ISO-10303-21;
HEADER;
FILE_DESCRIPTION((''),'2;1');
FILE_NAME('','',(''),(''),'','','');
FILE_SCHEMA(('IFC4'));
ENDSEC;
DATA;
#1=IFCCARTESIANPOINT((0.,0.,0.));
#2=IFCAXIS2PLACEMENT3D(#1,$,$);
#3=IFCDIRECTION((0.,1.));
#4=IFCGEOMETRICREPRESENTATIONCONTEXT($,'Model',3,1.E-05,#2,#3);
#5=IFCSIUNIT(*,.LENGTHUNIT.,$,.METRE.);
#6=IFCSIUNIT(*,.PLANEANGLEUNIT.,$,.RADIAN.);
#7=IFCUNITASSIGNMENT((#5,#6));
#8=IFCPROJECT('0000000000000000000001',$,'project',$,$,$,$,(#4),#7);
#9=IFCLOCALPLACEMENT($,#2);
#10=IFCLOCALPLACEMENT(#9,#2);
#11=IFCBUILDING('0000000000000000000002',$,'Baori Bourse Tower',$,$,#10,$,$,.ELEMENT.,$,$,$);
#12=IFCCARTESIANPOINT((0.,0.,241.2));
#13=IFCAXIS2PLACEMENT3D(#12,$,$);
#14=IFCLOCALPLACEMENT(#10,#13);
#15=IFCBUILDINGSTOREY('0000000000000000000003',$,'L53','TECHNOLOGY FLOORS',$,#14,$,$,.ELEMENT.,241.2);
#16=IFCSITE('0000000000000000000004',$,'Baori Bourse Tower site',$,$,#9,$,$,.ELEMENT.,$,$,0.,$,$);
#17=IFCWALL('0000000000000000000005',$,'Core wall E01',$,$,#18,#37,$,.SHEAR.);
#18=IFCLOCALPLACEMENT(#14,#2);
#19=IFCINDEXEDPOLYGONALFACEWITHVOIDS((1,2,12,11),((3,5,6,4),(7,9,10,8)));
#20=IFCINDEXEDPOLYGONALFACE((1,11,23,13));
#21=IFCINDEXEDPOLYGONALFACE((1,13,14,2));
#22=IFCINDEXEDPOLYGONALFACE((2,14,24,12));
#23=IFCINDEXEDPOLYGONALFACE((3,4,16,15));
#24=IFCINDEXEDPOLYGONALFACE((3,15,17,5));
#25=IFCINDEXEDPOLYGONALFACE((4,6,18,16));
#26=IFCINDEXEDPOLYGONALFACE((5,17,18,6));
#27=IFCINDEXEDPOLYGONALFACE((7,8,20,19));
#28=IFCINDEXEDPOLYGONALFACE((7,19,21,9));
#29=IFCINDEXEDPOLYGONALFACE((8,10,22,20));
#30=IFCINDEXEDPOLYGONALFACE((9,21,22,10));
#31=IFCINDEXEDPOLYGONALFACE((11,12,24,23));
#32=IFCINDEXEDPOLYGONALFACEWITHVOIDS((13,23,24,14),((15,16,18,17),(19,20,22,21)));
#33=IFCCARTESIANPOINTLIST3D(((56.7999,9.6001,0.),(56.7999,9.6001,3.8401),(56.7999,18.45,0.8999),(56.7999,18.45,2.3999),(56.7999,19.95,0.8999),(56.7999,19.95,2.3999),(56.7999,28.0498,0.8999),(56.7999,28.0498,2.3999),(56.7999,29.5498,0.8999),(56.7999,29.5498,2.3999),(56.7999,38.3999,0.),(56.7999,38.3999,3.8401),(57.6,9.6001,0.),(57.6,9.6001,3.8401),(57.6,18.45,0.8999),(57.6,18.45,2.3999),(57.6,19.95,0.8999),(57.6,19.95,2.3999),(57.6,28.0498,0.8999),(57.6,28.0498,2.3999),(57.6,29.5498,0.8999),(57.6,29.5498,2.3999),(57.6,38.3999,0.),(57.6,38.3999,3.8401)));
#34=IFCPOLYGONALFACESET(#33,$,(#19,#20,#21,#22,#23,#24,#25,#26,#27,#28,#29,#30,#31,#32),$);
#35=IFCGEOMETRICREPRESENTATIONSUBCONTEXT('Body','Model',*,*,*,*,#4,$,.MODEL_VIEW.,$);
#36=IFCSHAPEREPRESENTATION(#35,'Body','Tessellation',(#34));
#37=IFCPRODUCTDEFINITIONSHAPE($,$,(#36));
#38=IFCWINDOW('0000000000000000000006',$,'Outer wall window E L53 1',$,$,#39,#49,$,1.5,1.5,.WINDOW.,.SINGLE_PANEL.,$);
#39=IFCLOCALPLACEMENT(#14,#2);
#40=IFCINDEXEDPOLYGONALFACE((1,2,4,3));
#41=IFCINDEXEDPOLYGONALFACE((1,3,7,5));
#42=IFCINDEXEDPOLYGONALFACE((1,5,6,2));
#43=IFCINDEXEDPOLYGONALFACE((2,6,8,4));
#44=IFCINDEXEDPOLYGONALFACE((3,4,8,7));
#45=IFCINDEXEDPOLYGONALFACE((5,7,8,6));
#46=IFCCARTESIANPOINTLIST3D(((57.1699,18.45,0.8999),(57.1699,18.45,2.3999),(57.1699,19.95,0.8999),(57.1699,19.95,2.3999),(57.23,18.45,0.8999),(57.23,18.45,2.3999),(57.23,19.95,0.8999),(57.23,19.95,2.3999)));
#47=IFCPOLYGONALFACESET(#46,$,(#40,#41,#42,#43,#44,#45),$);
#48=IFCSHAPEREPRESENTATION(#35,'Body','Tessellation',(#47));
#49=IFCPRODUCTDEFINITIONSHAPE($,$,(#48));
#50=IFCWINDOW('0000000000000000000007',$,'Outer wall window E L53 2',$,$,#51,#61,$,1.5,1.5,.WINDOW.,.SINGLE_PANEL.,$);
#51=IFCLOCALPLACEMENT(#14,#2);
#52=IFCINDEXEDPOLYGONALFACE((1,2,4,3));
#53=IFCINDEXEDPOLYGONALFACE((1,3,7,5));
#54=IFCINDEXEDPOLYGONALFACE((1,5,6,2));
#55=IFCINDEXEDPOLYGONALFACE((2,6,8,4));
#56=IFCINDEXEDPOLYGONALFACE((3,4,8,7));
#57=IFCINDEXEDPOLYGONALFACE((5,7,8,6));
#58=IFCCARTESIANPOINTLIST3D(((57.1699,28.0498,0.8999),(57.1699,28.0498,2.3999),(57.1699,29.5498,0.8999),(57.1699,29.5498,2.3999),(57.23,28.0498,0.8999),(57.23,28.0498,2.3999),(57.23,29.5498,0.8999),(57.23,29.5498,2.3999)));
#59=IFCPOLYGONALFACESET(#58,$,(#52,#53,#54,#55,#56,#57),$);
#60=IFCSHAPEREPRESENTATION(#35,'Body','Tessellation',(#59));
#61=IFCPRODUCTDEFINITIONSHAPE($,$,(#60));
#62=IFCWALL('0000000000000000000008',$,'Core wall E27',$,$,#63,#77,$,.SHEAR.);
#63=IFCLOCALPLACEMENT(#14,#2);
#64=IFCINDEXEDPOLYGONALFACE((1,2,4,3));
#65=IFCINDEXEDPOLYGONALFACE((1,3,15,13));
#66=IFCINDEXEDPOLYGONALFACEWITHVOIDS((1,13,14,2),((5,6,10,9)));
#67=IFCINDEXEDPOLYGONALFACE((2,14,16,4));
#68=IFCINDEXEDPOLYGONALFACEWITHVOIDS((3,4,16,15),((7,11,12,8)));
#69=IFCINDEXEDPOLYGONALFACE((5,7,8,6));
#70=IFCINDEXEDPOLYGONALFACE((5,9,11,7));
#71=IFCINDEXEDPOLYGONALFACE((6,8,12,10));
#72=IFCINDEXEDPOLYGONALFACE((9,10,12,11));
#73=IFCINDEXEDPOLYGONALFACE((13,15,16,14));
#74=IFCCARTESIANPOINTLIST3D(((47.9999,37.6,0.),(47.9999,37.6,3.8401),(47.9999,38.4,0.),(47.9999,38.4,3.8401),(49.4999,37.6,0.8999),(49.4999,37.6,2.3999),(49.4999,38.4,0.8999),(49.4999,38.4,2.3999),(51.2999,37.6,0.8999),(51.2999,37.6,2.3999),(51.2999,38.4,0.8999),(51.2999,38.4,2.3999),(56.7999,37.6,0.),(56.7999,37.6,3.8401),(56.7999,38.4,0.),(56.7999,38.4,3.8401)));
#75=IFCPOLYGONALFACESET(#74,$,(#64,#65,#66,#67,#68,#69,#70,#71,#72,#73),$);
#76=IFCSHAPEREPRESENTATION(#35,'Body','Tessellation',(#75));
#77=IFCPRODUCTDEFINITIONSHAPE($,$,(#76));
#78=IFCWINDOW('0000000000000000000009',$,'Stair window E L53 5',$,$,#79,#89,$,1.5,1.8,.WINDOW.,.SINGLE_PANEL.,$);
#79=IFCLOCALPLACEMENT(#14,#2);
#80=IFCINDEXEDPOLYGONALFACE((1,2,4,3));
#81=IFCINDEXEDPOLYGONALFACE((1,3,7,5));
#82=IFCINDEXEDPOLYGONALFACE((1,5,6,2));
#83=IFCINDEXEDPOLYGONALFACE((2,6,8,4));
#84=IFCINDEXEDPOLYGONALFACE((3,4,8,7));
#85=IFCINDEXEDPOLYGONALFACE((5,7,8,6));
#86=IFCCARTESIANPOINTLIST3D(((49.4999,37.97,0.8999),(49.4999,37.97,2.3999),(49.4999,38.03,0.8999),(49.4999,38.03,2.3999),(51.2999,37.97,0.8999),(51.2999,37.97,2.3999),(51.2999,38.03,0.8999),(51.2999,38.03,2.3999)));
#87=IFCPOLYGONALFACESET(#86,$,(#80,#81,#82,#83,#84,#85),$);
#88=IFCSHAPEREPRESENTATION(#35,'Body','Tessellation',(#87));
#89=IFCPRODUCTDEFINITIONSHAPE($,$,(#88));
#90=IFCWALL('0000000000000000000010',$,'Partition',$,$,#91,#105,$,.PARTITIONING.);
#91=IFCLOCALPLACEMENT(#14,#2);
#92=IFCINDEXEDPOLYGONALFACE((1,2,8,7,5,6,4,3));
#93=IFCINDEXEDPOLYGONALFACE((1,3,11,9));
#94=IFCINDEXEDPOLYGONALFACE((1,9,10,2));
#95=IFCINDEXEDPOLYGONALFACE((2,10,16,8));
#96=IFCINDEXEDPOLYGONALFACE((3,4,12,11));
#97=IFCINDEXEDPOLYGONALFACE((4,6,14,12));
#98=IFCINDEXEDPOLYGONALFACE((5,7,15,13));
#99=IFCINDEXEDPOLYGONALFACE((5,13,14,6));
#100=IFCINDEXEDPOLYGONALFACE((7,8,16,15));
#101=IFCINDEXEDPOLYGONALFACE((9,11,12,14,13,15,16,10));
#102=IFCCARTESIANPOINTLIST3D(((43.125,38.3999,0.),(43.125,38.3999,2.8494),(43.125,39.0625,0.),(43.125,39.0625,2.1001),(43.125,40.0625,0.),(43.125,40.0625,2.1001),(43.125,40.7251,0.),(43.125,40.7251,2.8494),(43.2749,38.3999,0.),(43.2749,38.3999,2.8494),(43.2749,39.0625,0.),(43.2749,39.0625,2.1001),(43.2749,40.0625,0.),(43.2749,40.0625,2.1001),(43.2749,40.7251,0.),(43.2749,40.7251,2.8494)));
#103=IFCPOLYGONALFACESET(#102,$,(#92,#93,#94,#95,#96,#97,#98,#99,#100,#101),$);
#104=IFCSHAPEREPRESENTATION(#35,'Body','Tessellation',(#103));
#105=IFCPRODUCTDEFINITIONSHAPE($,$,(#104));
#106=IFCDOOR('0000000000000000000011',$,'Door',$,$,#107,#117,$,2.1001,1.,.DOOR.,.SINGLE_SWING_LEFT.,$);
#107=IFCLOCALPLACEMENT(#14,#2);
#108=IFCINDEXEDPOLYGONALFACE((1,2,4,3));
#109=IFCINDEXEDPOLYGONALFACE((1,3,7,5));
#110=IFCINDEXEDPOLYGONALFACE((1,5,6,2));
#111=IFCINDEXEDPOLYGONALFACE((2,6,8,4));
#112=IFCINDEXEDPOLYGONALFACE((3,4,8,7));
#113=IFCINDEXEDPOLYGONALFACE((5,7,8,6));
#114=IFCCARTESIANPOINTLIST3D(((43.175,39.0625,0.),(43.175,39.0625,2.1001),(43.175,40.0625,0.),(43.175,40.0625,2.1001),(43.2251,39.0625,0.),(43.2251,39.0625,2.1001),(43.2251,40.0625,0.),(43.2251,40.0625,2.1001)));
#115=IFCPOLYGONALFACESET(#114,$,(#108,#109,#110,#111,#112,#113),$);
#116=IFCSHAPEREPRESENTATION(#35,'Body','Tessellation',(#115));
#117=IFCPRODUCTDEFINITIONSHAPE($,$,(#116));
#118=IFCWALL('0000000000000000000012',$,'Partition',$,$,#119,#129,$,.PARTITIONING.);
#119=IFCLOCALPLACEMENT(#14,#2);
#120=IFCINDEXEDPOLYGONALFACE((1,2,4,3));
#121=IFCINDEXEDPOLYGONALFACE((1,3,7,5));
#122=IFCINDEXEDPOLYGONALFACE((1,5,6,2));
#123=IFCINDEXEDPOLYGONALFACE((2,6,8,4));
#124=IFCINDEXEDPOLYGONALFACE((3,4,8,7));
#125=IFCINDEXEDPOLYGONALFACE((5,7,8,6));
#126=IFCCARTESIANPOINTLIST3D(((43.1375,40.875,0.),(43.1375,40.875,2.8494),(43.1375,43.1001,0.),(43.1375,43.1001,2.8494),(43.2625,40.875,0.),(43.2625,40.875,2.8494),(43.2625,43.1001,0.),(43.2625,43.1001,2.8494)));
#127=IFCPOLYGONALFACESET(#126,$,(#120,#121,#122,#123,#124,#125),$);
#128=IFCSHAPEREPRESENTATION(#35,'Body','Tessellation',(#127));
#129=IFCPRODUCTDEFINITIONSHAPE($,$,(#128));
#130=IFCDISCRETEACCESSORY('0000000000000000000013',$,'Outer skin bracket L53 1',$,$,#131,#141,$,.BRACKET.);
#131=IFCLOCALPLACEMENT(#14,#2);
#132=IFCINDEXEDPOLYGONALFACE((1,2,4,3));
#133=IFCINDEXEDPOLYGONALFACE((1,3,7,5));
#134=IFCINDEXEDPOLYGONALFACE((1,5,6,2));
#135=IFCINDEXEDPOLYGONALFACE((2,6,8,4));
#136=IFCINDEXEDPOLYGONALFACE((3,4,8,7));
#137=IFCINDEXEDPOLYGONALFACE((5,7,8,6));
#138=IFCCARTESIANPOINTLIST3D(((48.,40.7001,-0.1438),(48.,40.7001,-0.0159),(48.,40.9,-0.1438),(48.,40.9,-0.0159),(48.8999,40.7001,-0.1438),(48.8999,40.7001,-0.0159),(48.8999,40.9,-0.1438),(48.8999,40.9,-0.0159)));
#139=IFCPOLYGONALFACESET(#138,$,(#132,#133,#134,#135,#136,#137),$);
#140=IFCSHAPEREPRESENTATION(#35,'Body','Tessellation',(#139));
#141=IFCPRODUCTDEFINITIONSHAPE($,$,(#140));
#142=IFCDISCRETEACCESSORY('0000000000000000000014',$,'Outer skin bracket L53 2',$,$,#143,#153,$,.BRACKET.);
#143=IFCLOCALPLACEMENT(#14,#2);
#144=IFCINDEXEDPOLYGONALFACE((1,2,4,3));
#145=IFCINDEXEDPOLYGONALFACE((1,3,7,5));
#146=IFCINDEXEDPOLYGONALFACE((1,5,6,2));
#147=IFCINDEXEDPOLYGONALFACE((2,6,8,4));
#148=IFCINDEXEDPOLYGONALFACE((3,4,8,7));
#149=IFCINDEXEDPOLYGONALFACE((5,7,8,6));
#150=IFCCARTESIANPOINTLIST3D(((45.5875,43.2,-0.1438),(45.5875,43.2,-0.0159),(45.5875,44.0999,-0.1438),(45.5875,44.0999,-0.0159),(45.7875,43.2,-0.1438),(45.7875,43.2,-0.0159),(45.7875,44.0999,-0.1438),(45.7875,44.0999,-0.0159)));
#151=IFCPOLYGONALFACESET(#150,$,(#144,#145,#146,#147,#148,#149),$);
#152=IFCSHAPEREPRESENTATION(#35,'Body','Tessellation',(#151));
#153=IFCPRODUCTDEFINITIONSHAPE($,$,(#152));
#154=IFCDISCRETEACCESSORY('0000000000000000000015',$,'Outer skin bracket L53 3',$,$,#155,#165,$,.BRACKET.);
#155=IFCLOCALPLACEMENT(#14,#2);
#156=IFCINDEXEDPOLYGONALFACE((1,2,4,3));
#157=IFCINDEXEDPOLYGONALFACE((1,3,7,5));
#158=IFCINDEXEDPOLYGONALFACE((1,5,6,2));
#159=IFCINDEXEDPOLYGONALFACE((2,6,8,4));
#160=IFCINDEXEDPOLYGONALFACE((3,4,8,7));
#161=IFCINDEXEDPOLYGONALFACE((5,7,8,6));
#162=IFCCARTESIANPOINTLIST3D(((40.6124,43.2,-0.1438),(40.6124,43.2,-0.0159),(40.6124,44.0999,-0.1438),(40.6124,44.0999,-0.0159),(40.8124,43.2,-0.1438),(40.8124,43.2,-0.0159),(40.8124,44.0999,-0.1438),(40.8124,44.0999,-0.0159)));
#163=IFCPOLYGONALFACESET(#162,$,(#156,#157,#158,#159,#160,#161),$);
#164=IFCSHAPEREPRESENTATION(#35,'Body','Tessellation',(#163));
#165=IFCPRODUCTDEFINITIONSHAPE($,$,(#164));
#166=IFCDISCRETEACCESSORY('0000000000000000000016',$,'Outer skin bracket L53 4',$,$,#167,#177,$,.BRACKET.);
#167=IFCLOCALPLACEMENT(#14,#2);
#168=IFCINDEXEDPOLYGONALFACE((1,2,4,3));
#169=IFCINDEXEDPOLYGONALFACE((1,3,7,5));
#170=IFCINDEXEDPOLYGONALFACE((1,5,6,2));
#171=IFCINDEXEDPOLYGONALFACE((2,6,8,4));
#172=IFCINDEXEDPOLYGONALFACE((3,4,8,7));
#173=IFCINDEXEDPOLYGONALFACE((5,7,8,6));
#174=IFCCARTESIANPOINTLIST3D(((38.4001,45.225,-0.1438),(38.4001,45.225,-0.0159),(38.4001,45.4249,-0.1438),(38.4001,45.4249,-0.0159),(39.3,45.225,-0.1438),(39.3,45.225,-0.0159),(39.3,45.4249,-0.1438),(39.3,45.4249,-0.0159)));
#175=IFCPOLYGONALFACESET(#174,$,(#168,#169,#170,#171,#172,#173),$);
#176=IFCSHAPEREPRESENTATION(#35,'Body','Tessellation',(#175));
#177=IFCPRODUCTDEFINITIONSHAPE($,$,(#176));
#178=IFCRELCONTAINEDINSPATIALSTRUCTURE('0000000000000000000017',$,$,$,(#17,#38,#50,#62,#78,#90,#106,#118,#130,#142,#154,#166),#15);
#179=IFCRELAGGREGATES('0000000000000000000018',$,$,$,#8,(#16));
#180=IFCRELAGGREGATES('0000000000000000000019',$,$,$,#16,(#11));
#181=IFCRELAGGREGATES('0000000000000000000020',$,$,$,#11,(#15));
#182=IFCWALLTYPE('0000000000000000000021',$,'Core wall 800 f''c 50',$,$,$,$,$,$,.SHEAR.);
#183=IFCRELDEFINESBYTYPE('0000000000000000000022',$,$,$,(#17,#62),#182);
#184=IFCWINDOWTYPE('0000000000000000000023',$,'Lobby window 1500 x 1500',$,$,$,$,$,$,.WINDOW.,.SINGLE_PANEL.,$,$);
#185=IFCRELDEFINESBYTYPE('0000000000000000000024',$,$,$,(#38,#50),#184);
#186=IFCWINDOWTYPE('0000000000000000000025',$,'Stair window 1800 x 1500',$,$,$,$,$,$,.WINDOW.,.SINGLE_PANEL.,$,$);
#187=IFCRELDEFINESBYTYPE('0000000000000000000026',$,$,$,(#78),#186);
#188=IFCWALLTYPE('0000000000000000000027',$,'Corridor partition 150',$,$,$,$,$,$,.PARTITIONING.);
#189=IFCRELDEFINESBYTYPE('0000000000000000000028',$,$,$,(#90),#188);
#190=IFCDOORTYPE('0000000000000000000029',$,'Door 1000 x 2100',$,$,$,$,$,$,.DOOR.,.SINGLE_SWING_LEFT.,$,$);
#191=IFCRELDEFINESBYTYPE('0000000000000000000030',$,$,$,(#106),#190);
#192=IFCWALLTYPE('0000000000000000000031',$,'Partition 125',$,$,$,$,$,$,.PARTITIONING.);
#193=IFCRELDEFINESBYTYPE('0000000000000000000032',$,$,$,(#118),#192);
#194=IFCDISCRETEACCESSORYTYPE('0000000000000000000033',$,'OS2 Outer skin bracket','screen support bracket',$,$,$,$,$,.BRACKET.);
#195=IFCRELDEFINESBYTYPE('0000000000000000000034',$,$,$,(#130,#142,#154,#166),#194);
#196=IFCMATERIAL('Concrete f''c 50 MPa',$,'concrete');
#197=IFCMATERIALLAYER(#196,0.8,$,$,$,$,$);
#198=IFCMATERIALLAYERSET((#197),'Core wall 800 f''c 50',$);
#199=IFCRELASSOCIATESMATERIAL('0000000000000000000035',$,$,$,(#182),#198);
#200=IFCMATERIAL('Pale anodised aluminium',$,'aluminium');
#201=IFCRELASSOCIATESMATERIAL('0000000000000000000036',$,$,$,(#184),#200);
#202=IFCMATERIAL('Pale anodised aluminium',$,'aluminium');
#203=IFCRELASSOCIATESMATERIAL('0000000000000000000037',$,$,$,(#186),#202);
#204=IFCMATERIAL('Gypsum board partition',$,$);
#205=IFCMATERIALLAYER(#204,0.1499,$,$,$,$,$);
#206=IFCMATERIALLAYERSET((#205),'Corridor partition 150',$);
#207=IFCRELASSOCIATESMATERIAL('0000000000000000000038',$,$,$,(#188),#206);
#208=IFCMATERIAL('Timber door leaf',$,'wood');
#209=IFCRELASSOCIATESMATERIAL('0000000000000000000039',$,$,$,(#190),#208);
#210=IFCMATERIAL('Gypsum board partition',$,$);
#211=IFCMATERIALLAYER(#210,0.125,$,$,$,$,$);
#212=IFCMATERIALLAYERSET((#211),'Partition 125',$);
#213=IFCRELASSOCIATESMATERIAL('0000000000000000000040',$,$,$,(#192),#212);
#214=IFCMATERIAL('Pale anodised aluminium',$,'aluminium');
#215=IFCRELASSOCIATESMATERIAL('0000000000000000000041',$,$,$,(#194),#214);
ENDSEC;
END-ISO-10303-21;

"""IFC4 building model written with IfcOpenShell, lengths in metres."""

from ifc_helpers import new_model, si_unit, direction, frame, frame_2d, origin, origin_2d, place, context, subcontext, project, spatial, rectangle, extrude, material, layer, layer_set, type_object, element, fill, save


model = new_model("IFC4")

# Units and contexts
model_context = context("Model", 3, precision=1e-05, world=origin(), true_north=direction((0.0, 1.0)))
body_context = subcontext(model_context, "Body", "Model", "MODEL_VIEW")
ifc_project = project(units=[si_unit("LENGTHUNIT", "METRE"), si_unit("PLANEANGLEUNIT", "RADIAN")], contexts=[model_context])

# Site, building, storey
site_placement = place(None, origin())
site = spatial("IfcSite", under=ifc_project, at=site_placement, Name="Baori Bourse Tower site", CompositionType="ELEMENT", RefElevation=0.0)
building_placement = place(site_placement, origin())
building = spatial("IfcBuilding", under=site, at=building_placement, Name="Baori Bourse Tower", CompositionType="ELEMENT")
storey_placement = place(building_placement, frame((0.0, 0.0, 241.2)))
storey = spatial("IfcBuildingStorey", under=building, at=storey_placement, Name="L53", Description="TECHNOLOGY FLOORS", CompositionType="ELEMENT", Elevation=241.2)

# Wall, openings, windows
ifc_material_1 = material(Name="Concrete f'c 50 MPa", Category="concrete")
ifc_layer_1 = layer(ifc_material_1, 0.8)
ifc_layer_set_1 = layer_set([ifc_layer_1], Name="Core wall 800 f'c 50")
wall_type_1 = type_object("IfcWallType", Name="Core wall 800 f'c 50", PredefinedType="SHEAR", material=ifc_layer_set_1)
wall_1_placement = place(storey_placement, frame((57.2, 38.3999, 0.0), z_axis=(0.0, 0.0, 1.0), x_axis=(0.0, -1.0, 0.0)))
wall_1 = element("IfcWall", 1, at=wall_1_placement, inside=storey, type_object=wall_type_1, Name="Core wall E01", PredefinedType="SHEAR", context=body_context, shape_type="SweptSolid", body=[
    extrude(rectangle(XDim=28.7998, YDim=0.8, at=frame_2d((14.3999, 0.0))), origin(), (0.0, 0.0, 1.0), 3.8401),
])
opening_1_placement = place(wall_1_placement, frame((18.45, 0.0, 0.8999)))
opening_1 = element("IfcOpeningElement", 2, at=opening_1_placement, cuts=wall_1, PredefinedType="OPENING", context=body_context, shape_type="SweptSolid", body=[
    extrude(rectangle(XDim=1.5, YDim=1.5, at=frame_2d((0.75, 0.75))), frame((0.0, 0.4099, 0.0), z_axis=(0.0, -1.0, 0.0), x_axis=(1.0, 0.0, 0.0)), (0.0, 0.0, 1.0), 0.8201),
])
opening_2_placement = place(wall_1_placement, frame((8.8501, 0.0, 0.8999)))
opening_2 = element("IfcOpeningElement", 3, at=opening_2_placement, cuts=wall_1, PredefinedType="OPENING", context=body_context, shape_type="SweptSolid", body=[
    extrude(rectangle(XDim=1.5, YDim=1.5, at=frame_2d((0.75, 0.75))), frame((0.0, 0.4099, 0.0), z_axis=(0.0, -1.0, 0.0), x_axis=(1.0, 0.0, 0.0)), (0.0, 0.0, 1.0), 0.8201),
])
ifc_material_2 = material(Name="Pale anodised aluminium", Category="aluminium")
window_type_1 = type_object("IfcWindowType", Name="Lobby window 1500 x 1500", PartitioningType="SINGLE_PANEL", PredefinedType="WINDOW", material=ifc_material_2)
window_1_placement = place(opening_1_placement, origin())
window_1 = element("IfcWindow", 4, at=window_1_placement, inside=storey, type_object=window_type_1, Name="Outer wall window E L53 1", OverallHeight=1.5, OverallWidth=1.5, PartitioningType="SINGLE_PANEL", PredefinedType="WINDOW", context=body_context, shape_type="SweptSolid", body=[
    extrude(rectangle(XDim=1.5, YDim=1.5, at=frame_2d((0.75, 0.75))), frame((0.0, 0.03, 0.0), z_axis=(0.0, -1.0, 0.0), x_axis=(1.0, 0.0, 0.0)), (0.0, 0.0, 1.0), 0.0601),
])
fill(opening_1, window_1)
window_2_placement = place(opening_2_placement, origin())
window_2 = element("IfcWindow", 5, at=window_2_placement, inside=storey, type_object=window_type_1, Name="Outer wall window E L53 2", OverallHeight=1.5, OverallWidth=1.5, PartitioningType="SINGLE_PANEL", PredefinedType="WINDOW", context=body_context, shape_type="SweptSolid", body=[
    extrude(rectangle(XDim=1.5, YDim=1.5, at=frame_2d((0.75, 0.75))), frame((0.0, 0.03, 0.0), z_axis=(0.0, -1.0, 0.0), x_axis=(1.0, 0.0, 0.0)), (0.0, 0.0, 1.0), 0.0601),
])
fill(opening_2, window_2)

# Wall, opening, window
wall_2_placement = place(storey_placement, frame((48.0, 38.0, 0.0), z_axis=(0.0, 0.0, 1.0), x_axis=(1.0, 0.0, 0.0)))
wall_2 = element("IfcWall", 6, at=wall_2_placement, inside=storey, type_object=wall_type_1, Name="Core wall E27", PredefinedType="SHEAR", context=body_context, shape_type="SweptSolid", body=[
    extrude(rectangle(XDim=8.8, YDim=0.8, at=frame_2d((4.3999, 0.0))), origin(), (0.0, 0.0, 1.0), 3.8401),
])
opening_3_placement = place(wall_2_placement, frame((1.5, 0.0, 0.8999)))
opening_3 = element("IfcOpeningElement", 7, at=opening_3_placement, cuts=wall_2, PredefinedType="OPENING", context=body_context, shape_type="SweptSolid", body=[
    extrude(rectangle(XDim=1.8, YDim=1.5, at=frame_2d((0.8999, 0.75))), frame((0.0, 0.4099, 0.0), z_axis=(0.0, -1.0, 0.0), x_axis=(1.0, 0.0, 0.0)), (0.0, 0.0, 1.0), 0.8201),
])
ifc_material_3 = material(Name="Pale anodised aluminium", Category="aluminium")
window_type_2 = type_object("IfcWindowType", Name="Stair window 1800 x 1500", PartitioningType="SINGLE_PANEL", PredefinedType="WINDOW", material=ifc_material_3)
window_3_placement = place(opening_3_placement, origin())
window_3 = element("IfcWindow", 8, at=window_3_placement, inside=storey, type_object=window_type_2, Name="Stair window E L53 5", OverallHeight=1.5, OverallWidth=1.8, PartitioningType="SINGLE_PANEL", PredefinedType="WINDOW", context=body_context, shape_type="SweptSolid", body=[
    extrude(rectangle(XDim=1.8, YDim=1.5, at=frame_2d((0.8999, 0.75))), frame((0.0, 0.03, 0.0), z_axis=(0.0, -1.0, 0.0), x_axis=(1.0, 0.0, 0.0)), (0.0, 0.0, 1.0), 0.0601),
])
fill(opening_3, window_3)

# Wall, opening, door
ifc_material_4 = material(Name="Gypsum board partition")
ifc_layer_2 = layer(ifc_material_4, 0.1499)
ifc_layer_set_2 = layer_set([ifc_layer_2], Name="Corridor partition 150")
wall_type_2 = type_object("IfcWallType", Name="Corridor partition 150", PredefinedType="PARTITIONING", material=ifc_layer_set_2)
wall_3_placement = place(storey_placement, frame((43.2, 38.3999, 0.0), z_axis=(0.0, 0.0, 1.0), x_axis=(0.0, 1.0, 0.0)))
wall_3 = element("IfcWall", 9, at=wall_3_placement, inside=storey, type_object=wall_type_2, Name="Partition", PredefinedType="PARTITIONING", context=body_context, shape_type="SweptSolid", body=[
    extrude(rectangle(XDim=2.3252, YDim=0.1499, at=frame_2d((1.1626, 0.0))), origin(), (0.0, 0.0, 1.0), 2.8494),
])
opening_4_placement = place(wall_3_placement, frame((0.6626, 0.0, 0.0)))
opening_4 = element("IfcOpeningElement", 10, at=opening_4_placement, cuts=wall_3, PredefinedType="OPENING", context=body_context, shape_type="SweptSolid", body=[
    extrude(rectangle(XDim=1.0, YDim=2.1001, at=frame_2d((0.5, 1.05))), frame((0.0, 0.085, 0.0), z_axis=(0.0, -1.0, 0.0), x_axis=(1.0, 0.0, 0.0)), (0.0, 0.0, 1.0), 0.1699),
])
ifc_material_5 = material(Name="Timber door leaf", Category="wood")
door_type = type_object("IfcDoorType", Name="Door 1000 x 2100", OperationType="SINGLE_SWING_LEFT", PredefinedType="DOOR", material=ifc_material_5)
door_placement = place(opening_4_placement, origin())
door = element("IfcDoor", 11, at=door_placement, inside=storey, type_object=door_type, Name="Door", OperationType="SINGLE_SWING_LEFT", OverallHeight=2.1001, OverallWidth=1.0, PredefinedType="DOOR", context=body_context, shape_type="SweptSolid", body=[
    extrude(rectangle(XDim=1.0, YDim=2.1001, at=frame_2d((0.5, 1.05))), frame((0.0, 0.0249, 0.0), z_axis=(0.0, -1.0, 0.0), x_axis=(1.0, 0.0, 0.0)), (0.0, 0.0, 1.0), 0.05),
])
fill(opening_4, door)

# Wall
ifc_material_6 = material(Name="Gypsum board partition")
ifc_layer_3 = layer(ifc_material_6, 0.125)
ifc_layer_set_3 = layer_set([ifc_layer_3], Name="Partition 125")
wall_type_3 = type_object("IfcWallType", Name="Partition 125", PredefinedType="PARTITIONING", material=ifc_layer_set_3)
wall_4_placement = place(storey_placement, frame((43.2, 40.875, 0.0), z_axis=(0.0, 0.0, 1.0), x_axis=(0.0, 1.0, 0.0)))
element("IfcWall", 12, at=wall_4_placement, inside=storey, type_object=wall_type_3, Name="Partition", PredefinedType="PARTITIONING", context=body_context, shape_type="SweptSolid", body=[
    extrude(rectangle(XDim=2.2251, YDim=0.125, at=frame_2d((1.1125, 0.0))), origin(), (0.0, 0.0, 1.0), 2.8494),
])

# Discrete accessories
ifc_material_7 = material(Name="Pale anodised aluminium", Category="aluminium")
discrete_accessory_type = type_object("IfcDiscreteAccessoryType", Name="OS2 Outer skin bracket", Description="screen support bracket", PredefinedType="BRACKET", material=ifc_material_7)
for number, where, z_axis, x_axis, name in (
    (13, (48.45, 40.8, -0.1438), (0.0, 0.0, 1.0), (0.0, 1.0, 0.0), "Outer skin bracket L53 1"),
    (14, (45.6875, 43.6499, -0.1438), (0.0, 0.0, 1.0), (-1.0, 0.0, 0.0), "Outer skin bracket L53 2"),
    (15, (40.7124, 43.6499, -0.1438), (0.0, 0.0, 1.0), (-1.0, 0.0, 0.0), "Outer skin bracket L53 3"),
    (16, (38.8501, 45.325, -0.1438), (0.0, 0.0, 1.0), (0.0, 1.0, 0.0), "Outer skin bracket L53 4"),
):
    element("IfcDiscreteAccessory", number, at=place(storey_placement, frame(where, z_axis=z_axis, x_axis=x_axis)), inside=storey, type_object=discrete_accessory_type, Name=name, PredefinedType="BRACKET", context=body_context, shape_type="SweptSolid", body=[
        extrude(rectangle(XDim=0.2, YDim=0.8999, at=origin_2d()), origin(), (0.0, 0.0, 1.0), 0.1279),
    ])

save(model, "model.ifc")
